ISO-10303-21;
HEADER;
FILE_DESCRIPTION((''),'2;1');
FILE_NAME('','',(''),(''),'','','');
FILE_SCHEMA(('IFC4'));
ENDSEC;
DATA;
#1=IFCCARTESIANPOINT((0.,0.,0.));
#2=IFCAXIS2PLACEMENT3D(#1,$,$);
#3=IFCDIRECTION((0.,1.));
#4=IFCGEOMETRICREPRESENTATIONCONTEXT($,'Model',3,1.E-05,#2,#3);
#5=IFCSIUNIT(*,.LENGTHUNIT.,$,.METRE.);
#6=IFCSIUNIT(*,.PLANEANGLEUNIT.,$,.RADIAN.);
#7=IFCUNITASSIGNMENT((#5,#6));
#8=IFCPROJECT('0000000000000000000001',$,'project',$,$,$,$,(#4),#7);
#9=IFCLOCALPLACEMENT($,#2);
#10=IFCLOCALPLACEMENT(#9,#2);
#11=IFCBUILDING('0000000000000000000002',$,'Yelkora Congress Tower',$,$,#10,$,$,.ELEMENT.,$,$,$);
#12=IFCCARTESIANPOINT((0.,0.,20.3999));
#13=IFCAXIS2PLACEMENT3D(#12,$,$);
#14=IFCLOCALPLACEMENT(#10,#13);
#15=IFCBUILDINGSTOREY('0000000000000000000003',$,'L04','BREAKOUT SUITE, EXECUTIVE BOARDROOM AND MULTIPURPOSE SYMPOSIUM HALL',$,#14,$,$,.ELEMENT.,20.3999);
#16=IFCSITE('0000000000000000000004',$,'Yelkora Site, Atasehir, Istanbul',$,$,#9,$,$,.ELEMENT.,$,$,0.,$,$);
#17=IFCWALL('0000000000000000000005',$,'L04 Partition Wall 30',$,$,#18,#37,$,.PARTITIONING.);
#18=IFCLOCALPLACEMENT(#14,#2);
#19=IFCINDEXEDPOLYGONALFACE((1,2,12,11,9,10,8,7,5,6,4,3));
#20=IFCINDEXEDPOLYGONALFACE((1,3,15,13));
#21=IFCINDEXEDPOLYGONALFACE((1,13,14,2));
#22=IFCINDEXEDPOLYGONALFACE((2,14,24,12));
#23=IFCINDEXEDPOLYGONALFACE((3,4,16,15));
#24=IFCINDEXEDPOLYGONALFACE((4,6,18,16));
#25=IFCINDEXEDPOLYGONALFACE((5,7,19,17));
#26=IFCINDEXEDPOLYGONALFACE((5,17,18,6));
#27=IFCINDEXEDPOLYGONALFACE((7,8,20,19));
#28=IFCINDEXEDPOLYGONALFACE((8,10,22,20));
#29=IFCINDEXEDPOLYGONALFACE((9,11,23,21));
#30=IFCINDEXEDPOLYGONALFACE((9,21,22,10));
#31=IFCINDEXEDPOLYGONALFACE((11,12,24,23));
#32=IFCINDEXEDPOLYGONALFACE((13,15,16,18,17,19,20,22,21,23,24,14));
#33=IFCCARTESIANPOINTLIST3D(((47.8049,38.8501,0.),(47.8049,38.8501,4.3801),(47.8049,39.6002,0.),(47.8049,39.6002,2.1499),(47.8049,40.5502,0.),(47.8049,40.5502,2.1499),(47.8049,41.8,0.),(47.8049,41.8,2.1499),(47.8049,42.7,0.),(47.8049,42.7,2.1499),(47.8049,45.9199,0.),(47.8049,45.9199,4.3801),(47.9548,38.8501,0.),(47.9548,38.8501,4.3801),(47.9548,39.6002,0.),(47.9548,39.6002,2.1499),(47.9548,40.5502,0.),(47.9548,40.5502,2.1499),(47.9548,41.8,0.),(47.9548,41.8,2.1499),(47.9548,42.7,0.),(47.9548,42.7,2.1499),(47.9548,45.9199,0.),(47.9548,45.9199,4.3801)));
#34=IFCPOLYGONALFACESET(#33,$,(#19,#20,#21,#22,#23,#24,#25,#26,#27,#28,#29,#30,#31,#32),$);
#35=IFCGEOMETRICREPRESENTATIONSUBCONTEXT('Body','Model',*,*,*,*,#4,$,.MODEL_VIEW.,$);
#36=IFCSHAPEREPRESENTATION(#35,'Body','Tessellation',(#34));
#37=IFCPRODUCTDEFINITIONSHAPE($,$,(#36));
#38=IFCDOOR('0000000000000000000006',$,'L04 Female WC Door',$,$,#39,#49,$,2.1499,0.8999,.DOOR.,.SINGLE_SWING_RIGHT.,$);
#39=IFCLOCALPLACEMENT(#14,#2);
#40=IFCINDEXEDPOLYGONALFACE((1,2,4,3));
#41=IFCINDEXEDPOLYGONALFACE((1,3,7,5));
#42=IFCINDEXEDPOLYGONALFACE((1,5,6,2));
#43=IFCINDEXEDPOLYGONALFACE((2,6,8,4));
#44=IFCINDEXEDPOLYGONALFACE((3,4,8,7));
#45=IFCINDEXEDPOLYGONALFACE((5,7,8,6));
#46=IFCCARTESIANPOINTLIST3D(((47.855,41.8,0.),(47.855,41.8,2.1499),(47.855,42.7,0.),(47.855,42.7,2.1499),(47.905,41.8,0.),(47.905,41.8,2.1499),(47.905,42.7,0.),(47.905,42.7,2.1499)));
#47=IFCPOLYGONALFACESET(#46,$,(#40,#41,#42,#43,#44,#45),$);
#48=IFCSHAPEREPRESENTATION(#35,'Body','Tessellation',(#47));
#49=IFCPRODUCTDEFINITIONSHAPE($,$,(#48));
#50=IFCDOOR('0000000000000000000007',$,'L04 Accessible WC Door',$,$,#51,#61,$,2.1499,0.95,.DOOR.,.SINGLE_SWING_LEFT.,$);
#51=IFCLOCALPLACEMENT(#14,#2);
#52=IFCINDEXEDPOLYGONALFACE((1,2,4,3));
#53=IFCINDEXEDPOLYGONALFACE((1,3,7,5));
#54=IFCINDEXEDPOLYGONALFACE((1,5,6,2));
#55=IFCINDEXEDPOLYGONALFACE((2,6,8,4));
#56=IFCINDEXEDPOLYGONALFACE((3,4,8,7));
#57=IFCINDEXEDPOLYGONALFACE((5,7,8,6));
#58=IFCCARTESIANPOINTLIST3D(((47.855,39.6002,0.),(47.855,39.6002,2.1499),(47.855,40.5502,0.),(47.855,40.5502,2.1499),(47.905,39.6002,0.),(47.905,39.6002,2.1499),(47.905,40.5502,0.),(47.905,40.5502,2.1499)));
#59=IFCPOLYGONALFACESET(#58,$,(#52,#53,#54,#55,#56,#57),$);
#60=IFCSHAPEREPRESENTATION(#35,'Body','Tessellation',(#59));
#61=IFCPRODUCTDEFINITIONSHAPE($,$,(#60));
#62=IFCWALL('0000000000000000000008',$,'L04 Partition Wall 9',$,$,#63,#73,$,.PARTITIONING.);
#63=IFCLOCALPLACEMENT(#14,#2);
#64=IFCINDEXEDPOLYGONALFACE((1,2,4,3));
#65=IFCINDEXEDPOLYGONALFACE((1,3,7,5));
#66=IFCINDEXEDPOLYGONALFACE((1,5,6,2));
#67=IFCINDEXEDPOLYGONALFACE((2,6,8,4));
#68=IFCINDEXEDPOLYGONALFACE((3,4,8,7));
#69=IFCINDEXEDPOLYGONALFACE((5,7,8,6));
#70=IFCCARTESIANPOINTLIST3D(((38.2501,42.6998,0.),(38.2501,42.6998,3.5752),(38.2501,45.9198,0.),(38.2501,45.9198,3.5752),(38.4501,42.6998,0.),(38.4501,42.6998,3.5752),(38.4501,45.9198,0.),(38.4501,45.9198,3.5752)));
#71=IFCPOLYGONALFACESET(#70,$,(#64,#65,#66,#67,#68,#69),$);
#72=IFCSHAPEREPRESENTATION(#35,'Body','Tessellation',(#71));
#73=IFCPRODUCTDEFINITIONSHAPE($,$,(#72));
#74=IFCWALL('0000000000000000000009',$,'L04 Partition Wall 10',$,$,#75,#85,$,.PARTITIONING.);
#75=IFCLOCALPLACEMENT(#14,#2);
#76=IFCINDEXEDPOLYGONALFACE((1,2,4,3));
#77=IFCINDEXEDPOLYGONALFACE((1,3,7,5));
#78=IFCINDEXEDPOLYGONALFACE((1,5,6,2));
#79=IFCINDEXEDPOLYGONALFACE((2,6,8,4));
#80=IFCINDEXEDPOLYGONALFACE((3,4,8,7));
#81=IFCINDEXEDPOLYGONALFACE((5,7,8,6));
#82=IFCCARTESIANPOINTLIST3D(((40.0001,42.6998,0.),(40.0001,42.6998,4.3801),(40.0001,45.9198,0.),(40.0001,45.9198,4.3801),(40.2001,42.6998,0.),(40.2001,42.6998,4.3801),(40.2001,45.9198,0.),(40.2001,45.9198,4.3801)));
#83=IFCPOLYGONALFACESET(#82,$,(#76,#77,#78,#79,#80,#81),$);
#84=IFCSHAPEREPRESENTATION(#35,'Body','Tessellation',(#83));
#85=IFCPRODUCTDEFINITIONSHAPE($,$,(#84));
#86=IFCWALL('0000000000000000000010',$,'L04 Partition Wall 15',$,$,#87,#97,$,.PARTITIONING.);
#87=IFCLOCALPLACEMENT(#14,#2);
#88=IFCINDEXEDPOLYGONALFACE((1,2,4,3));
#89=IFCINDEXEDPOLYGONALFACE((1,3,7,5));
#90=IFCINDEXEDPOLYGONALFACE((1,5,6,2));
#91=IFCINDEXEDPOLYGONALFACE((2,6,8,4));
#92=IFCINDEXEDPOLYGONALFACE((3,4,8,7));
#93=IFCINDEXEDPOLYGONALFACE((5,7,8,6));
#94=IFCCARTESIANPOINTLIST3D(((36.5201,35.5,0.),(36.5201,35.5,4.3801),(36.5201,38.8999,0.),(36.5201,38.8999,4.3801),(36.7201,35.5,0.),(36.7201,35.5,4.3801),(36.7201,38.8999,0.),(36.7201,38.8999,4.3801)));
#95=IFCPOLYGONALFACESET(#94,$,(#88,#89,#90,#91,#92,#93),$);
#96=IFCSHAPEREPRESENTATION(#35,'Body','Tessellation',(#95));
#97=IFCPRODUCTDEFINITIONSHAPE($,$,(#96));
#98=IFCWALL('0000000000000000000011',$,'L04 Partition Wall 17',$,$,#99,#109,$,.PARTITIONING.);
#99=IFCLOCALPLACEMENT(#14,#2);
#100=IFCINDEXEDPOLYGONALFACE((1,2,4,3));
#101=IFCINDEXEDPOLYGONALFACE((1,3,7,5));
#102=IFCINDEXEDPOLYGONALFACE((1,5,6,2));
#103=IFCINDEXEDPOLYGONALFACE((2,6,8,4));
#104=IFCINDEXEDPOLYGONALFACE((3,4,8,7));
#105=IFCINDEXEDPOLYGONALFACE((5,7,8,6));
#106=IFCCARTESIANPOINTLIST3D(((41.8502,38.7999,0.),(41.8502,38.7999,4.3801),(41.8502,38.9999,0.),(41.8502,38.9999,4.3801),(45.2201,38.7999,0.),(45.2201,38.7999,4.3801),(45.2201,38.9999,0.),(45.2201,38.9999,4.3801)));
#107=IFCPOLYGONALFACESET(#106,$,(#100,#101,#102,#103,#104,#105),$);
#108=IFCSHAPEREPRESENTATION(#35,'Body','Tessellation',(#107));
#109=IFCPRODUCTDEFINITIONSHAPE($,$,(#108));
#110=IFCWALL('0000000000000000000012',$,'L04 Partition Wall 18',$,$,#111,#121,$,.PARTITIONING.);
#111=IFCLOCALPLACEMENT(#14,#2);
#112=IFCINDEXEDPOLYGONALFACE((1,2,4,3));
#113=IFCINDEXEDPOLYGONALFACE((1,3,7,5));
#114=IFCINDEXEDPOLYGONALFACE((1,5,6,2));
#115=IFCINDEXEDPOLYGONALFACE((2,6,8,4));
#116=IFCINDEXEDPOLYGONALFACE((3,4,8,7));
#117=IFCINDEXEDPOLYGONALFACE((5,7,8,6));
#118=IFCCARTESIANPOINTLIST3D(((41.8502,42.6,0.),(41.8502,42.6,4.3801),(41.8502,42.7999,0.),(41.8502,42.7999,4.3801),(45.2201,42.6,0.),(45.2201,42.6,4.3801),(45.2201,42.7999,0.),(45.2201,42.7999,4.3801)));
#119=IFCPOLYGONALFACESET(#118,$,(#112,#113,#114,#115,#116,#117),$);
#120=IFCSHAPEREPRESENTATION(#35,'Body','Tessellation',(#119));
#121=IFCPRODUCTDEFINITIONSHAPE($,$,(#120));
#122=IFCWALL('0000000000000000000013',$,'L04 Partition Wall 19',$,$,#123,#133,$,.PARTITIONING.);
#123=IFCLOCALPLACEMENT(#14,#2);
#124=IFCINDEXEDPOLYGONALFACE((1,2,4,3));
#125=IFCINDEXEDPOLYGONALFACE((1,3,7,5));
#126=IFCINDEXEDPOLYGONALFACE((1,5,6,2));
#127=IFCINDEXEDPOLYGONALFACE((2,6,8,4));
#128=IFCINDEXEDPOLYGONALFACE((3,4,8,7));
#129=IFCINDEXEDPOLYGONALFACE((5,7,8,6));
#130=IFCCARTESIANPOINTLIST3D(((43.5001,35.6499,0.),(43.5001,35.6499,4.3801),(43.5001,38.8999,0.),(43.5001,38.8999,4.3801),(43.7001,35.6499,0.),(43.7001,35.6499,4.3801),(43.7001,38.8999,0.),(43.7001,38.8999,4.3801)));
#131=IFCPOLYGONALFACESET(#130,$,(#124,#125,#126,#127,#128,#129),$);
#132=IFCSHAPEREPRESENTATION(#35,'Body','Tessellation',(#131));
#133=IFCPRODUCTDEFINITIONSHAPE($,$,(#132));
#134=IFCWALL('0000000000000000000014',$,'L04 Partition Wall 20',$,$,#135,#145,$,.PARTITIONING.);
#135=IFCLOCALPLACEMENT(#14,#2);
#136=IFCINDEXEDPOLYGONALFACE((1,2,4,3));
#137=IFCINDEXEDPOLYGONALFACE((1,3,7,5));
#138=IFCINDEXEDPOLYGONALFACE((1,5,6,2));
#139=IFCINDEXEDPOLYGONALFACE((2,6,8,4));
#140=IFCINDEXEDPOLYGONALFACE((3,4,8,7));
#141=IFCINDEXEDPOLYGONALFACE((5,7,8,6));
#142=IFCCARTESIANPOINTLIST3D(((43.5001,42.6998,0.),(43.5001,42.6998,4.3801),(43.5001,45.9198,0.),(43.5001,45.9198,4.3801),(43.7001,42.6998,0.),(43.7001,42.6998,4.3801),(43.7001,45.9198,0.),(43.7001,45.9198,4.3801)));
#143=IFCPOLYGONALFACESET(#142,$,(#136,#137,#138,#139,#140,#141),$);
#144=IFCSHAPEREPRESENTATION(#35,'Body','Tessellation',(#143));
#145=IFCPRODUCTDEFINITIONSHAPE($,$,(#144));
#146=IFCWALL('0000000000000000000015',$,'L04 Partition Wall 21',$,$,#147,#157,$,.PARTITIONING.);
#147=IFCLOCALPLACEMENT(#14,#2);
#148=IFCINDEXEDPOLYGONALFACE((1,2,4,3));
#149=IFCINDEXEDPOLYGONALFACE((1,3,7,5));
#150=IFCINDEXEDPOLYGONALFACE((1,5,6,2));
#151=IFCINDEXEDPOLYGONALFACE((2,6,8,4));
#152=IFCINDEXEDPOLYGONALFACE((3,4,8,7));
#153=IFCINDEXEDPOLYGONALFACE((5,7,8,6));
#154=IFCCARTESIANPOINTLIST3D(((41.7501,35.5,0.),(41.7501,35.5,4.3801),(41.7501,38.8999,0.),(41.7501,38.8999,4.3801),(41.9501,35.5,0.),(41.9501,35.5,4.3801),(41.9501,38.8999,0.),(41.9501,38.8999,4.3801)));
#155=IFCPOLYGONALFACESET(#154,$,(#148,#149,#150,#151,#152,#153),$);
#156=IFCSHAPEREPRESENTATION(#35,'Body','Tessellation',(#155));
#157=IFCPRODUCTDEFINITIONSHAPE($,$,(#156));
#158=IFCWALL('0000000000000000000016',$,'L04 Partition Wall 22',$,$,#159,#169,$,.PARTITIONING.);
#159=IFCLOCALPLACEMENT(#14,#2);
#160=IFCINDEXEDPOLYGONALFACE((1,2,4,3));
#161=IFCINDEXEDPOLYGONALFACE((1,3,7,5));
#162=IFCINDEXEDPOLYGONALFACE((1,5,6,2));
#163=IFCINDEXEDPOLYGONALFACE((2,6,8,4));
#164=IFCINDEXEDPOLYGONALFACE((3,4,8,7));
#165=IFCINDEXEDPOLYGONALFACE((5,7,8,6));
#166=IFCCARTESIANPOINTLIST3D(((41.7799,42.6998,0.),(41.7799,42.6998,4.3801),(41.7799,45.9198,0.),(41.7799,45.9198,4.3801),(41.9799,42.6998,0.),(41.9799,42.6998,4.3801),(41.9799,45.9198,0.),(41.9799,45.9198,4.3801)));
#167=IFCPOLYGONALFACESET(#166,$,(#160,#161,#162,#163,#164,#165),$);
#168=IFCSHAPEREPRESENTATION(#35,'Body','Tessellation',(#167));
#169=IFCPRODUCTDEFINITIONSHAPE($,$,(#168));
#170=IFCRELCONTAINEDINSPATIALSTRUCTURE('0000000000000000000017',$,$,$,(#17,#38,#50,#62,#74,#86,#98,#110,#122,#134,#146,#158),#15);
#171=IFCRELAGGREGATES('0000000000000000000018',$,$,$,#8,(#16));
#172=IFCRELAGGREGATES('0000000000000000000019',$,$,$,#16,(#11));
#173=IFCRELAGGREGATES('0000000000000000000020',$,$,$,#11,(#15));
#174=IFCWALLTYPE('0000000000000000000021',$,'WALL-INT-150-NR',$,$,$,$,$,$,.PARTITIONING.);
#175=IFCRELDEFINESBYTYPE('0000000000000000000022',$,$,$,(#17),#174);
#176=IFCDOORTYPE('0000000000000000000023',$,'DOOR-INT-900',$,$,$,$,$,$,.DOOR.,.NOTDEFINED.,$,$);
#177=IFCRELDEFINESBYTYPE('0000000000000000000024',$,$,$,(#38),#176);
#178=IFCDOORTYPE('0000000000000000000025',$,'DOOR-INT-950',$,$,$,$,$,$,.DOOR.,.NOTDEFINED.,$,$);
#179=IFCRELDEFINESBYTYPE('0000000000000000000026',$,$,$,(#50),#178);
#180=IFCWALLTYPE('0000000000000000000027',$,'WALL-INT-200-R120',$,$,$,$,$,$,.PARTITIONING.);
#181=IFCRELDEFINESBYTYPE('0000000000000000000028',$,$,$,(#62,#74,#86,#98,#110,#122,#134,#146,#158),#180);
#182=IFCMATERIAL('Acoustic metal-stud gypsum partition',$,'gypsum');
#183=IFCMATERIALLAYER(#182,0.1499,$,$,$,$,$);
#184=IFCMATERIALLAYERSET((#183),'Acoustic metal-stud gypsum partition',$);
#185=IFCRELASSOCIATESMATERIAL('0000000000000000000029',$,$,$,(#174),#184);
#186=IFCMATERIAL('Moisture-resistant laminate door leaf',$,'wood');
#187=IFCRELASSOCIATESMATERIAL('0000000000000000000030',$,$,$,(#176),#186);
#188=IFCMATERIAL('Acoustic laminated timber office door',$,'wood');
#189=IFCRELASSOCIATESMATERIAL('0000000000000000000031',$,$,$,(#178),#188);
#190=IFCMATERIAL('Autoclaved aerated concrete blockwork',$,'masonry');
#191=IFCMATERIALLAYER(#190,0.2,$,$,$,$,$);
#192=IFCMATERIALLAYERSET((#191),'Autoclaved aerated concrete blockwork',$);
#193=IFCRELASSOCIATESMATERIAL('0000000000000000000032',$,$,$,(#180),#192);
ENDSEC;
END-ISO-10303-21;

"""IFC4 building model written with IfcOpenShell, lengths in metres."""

from ifc_helpers import new_model, si_unit, direction, frame, frame_2d, origin, place, context, subcontext, project, spatial, rectangle, extrude, material, layer, layer_set, type_object, element, fill, save


model = new_model("IFC4")

# Units and contexts
model_context = context("Model", 3, precision=1e-05, world=origin(), true_north=direction((0.0, 1.0)))
body_context = subcontext(model_context, "Body", "Model", "MODEL_VIEW")
ifc_project = project(units=[si_unit("LENGTHUNIT", "METRE"), si_unit("PLANEANGLEUNIT", "RADIAN")], contexts=[model_context])

# Site, building, storey
site_placement = place(None, origin())
site = spatial("IfcSite", under=ifc_project, at=site_placement, Name="Yelkora Site, Atasehir, Istanbul", CompositionType="ELEMENT", RefElevation=0.0)
building_placement = place(site_placement, origin())
building = spatial("IfcBuilding", under=site, at=building_placement, Name="Yelkora Congress Tower", CompositionType="ELEMENT")
storey_placement = place(building_placement, frame((0.0, 0.0, 20.3999)))
storey = spatial("IfcBuildingStorey", under=building, at=storey_placement, Name="L04", Description="BREAKOUT SUITE, EXECUTIVE BOARDROOM AND MULTIPURPOSE SYMPOSIUM HALL", CompositionType="ELEMENT", Elevation=20.3999)

# Shared definitions
ifc_material_1 = material(Name="Acoustic metal-stud gypsum partition", Category="gypsum")
ifc_layer_1 = layer(ifc_material_1, 0.1499)
ifc_layer_set_1 = layer_set([ifc_layer_1], Name="Acoustic metal-stud gypsum partition")
wall_type_1 = type_object("IfcWallType", Name="WALL-INT-150-NR", PredefinedType="PARTITIONING", material=ifc_layer_set_1)
ifc_material_2 = material(Name="Moisture-resistant laminate door leaf", Category="wood")
door_type_1 = type_object("IfcDoorType", Name="DOOR-INT-900", OperationType="NOTDEFINED", PredefinedType="DOOR", material=ifc_material_2)

# Wall, openings, doors
wall_1_placement = place(storey_placement, frame((47.8799, 38.8501, 0.0), z_axis=(0.0, 0.0, 1.0), x_axis=(0.0, 1.0, 0.0)))
wall_1 = element("IfcWall", 1, at=wall_1_placement, inside=storey, type_object=wall_type_1, Name="L04 Partition Wall 30", PredefinedType="PARTITIONING", context=body_context, shape_type="SweptSolid", body=[
    extrude(rectangle(XDim=7.0698, YDim=0.1499, at=frame_2d((3.5349, 0.0))), origin(), (0.0, 0.0, 1.0), 4.3801),
])
opening_1_placement = place(wall_1_placement, frame((0.75, 0.0, 0.0)))
opening_1 = element("IfcOpeningElement", 2, at=opening_1_placement, cuts=wall_1, PredefinedType="OPENING", context=body_context, shape_type="SweptSolid", body=[
    extrude(rectangle(XDim=0.95, YDim=2.1499, at=frame_2d((0.4751, 1.075))), frame((0.0, 0.085, 0.0), z_axis=(0.0, -1.0, 0.0), x_axis=(1.0, 0.0, 0.0)), (0.0, 0.0, 1.0), 0.1699),
])
opening_2_placement = place(wall_1_placement, frame((2.95, 0.0, 0.0)))
opening_2 = element("IfcOpeningElement", 3, at=opening_2_placement, cuts=wall_1, PredefinedType="OPENING", context=body_context, shape_type="SweptSolid", body=[
    extrude(rectangle(XDim=0.8999, YDim=2.1499, at=frame_2d((0.45, 1.075))), frame((0.0, 0.085, 0.0), z_axis=(0.0, -1.0, 0.0), x_axis=(1.0, 0.0, 0.0)), (0.0, 0.0, 1.0), 0.1699),
])
door_1_placement = place(opening_2_placement, origin())
door_1 = element("IfcDoor", 4, at=door_1_placement, inside=storey, type_object=door_type_1, Name="L04 Female WC Door", OperationType="SINGLE_SWING_RIGHT", OverallHeight=2.1499, OverallWidth=0.8999, PredefinedType="DOOR", context=body_context, shape_type="SweptSolid", body=[
    extrude(rectangle(XDim=0.8999, YDim=2.1499, at=frame_2d((0.45, 1.075))), frame((0.0, 0.0249, 0.0), z_axis=(0.0, -1.0, 0.0), x_axis=(1.0, 0.0, 0.0)), (0.0, 0.0, 1.0), 0.05),
])
fill(opening_2, door_1)
ifc_material_3 = material(Name="Acoustic laminated timber office door", Category="wood")
door_type_2 = type_object("IfcDoorType", Name="DOOR-INT-950", OperationType="NOTDEFINED", PredefinedType="DOOR", material=ifc_material_3)
door_2_placement = place(opening_1_placement, origin())
door_2 = element("IfcDoor", 5, at=door_2_placement, inside=storey, type_object=door_type_2, Name="L04 Accessible WC Door", OperationType="SINGLE_SWING_LEFT", OverallHeight=2.1499, OverallWidth=0.95, PredefinedType="DOOR", context=body_context, shape_type="SweptSolid", body=[
    extrude(rectangle(XDim=0.95, YDim=2.1499, at=frame_2d((0.4751, 1.075))), frame((0.0, 0.0249, 0.0), z_axis=(0.0, -1.0, 0.0), x_axis=(1.0, 0.0, 0.0)), (0.0, 0.0, 1.0), 0.05),
])
fill(opening_1, door_2)

# Walls
ifc_material_4 = material(Name="Autoclaved aerated concrete blockwork", Category="masonry")
ifc_layer_2 = layer(ifc_material_4, 0.2)
ifc_layer_set_2 = layer_set([ifc_layer_2], Name="Autoclaved aerated concrete blockwork")
wall_type_2 = type_object("IfcWallType", Name="WALL-INT-200-R120", PredefinedType="PARTITIONING", material=ifc_layer_set_2)
wall_2_placement = place(storey_placement, frame((38.3501, 42.7, 0.0), z_axis=(0.0, 0.0, 1.0), x_axis=(0.0, 1.0, 0.0)))
element("IfcWall", 6, at=wall_2_placement, inside=storey, type_object=wall_type_2, Name="L04 Partition Wall 9", PredefinedType="PARTITIONING", context=body_context, shape_type="SweptSolid", body=[
    extrude(rectangle(XDim=3.22, YDim=0.2, at=frame_2d((1.6099, 0.0))), origin(), (0.0, 0.0, 1.0), 3.5752),
])
wall_3_placement = place(storey_placement, frame((40.1001, 42.7, 0.0), z_axis=(0.0, 0.0, 1.0), x_axis=(0.0, 1.0, 0.0)))
element("IfcWall", 7, at=wall_3_placement, inside=storey, type_object=wall_type_2, Name="L04 Partition Wall 10", PredefinedType="PARTITIONING", context=body_context, shape_type="SweptSolid", body=[
    extrude(rectangle(XDim=3.22, YDim=0.2, at=frame_2d((1.6099, 0.0))), origin(), (0.0, 0.0, 1.0), 4.3801),
])
wall_4_placement = place(storey_placement, frame((36.6201, 35.5, 0.0), z_axis=(0.0, 0.0, 1.0), x_axis=(0.0, 1.0, 0.0)))
element("IfcWall", 8, at=wall_4_placement, inside=storey, type_object=wall_type_2, Name="L04 Partition Wall 15", PredefinedType="PARTITIONING", context=body_context, shape_type="SweptSolid", body=[
    extrude(rectangle(XDim=3.3999, YDim=0.2, at=frame_2d((1.7, 0.0))), origin(), (0.0, 0.0, 1.0), 4.3801),
])
for number, where, z_axis, x_axis, name in (
    (9, (41.8501, 38.8999, 0.0), (0.0, 0.0, 1.0), (1.0, 0.0, 0.0), "L04 Partition Wall 17"),
    (10, (41.8501, 42.7, 0.0), (0.0, 0.0, 1.0), (1.0, 0.0, 0.0), "L04 Partition Wall 18"),
):
    element("IfcWall", number, at=place(storey_placement, frame(where, z_axis=z_axis, x_axis=x_axis)), inside=storey, type_object=wall_type_2, Name=name, PredefinedType="PARTITIONING", context=body_context, shape_type="SweptSolid", body=[
        extrude(rectangle(XDim=3.3699, YDim=0.2, at=frame_2d((1.6851, 0.0))), origin(), (0.0, 0.0, 1.0), 4.3801),
    ])
wall_5_placement = place(storey_placement, frame((43.6001, 35.6499, 0.0), z_axis=(0.0, 0.0, 1.0), x_axis=(0.0, 1.0, 0.0)))
element("IfcWall", 11, at=wall_5_placement, inside=storey, type_object=wall_type_2, Name="L04 Partition Wall 19", PredefinedType="PARTITIONING", context=body_context, shape_type="SweptSolid", body=[
    extrude(rectangle(XDim=3.25, YDim=0.2, at=frame_2d((1.625, 0.0))), origin(), (0.0, 0.0, 1.0), 4.3801),
])
wall_6_placement = place(storey_placement, frame((43.6001, 42.7, 0.0), z_axis=(0.0, 0.0, 1.0), x_axis=(0.0, 1.0, 0.0)))
element("IfcWall", 12, at=wall_6_placement, inside=storey, type_object=wall_type_2, Name="L04 Partition Wall 20", PredefinedType="PARTITIONING", context=body_context, shape_type="SweptSolid", body=[
    extrude(rectangle(XDim=3.22, YDim=0.2, at=frame_2d((1.6099, 0.0))), origin(), (0.0, 0.0, 1.0), 4.3801),
])
wall_7_placement = place(storey_placement, frame((41.8501, 35.5, 0.0), z_axis=(0.0, 0.0, 1.0), x_axis=(0.0, 1.0, 0.0)))
element("IfcWall", 13, at=wall_7_placement, inside=storey, type_object=wall_type_2, Name="L04 Partition Wall 21", PredefinedType="PARTITIONING", context=body_context, shape_type="SweptSolid", body=[
    extrude(rectangle(XDim=3.3999, YDim=0.2, at=frame_2d((1.7, 0.0))), origin(), (0.0, 0.0, 1.0), 4.3801),
])
wall_8_placement = place(storey_placement, frame((41.8799, 42.7, 0.0), z_axis=(0.0, 0.0, 1.0), x_axis=(0.0, 1.0, 0.0)))
element("IfcWall", 14, at=wall_8_placement, inside=storey, type_object=wall_type_2, Name="L04 Partition Wall 22", PredefinedType="PARTITIONING", context=body_context, shape_type="SweptSolid", body=[
    extrude(rectangle(XDim=3.22, YDim=0.2, at=frame_2d((1.6099, 0.0))), origin(), (0.0, 0.0, 1.0), 4.3801),
])

save(model, "model.ifc")
